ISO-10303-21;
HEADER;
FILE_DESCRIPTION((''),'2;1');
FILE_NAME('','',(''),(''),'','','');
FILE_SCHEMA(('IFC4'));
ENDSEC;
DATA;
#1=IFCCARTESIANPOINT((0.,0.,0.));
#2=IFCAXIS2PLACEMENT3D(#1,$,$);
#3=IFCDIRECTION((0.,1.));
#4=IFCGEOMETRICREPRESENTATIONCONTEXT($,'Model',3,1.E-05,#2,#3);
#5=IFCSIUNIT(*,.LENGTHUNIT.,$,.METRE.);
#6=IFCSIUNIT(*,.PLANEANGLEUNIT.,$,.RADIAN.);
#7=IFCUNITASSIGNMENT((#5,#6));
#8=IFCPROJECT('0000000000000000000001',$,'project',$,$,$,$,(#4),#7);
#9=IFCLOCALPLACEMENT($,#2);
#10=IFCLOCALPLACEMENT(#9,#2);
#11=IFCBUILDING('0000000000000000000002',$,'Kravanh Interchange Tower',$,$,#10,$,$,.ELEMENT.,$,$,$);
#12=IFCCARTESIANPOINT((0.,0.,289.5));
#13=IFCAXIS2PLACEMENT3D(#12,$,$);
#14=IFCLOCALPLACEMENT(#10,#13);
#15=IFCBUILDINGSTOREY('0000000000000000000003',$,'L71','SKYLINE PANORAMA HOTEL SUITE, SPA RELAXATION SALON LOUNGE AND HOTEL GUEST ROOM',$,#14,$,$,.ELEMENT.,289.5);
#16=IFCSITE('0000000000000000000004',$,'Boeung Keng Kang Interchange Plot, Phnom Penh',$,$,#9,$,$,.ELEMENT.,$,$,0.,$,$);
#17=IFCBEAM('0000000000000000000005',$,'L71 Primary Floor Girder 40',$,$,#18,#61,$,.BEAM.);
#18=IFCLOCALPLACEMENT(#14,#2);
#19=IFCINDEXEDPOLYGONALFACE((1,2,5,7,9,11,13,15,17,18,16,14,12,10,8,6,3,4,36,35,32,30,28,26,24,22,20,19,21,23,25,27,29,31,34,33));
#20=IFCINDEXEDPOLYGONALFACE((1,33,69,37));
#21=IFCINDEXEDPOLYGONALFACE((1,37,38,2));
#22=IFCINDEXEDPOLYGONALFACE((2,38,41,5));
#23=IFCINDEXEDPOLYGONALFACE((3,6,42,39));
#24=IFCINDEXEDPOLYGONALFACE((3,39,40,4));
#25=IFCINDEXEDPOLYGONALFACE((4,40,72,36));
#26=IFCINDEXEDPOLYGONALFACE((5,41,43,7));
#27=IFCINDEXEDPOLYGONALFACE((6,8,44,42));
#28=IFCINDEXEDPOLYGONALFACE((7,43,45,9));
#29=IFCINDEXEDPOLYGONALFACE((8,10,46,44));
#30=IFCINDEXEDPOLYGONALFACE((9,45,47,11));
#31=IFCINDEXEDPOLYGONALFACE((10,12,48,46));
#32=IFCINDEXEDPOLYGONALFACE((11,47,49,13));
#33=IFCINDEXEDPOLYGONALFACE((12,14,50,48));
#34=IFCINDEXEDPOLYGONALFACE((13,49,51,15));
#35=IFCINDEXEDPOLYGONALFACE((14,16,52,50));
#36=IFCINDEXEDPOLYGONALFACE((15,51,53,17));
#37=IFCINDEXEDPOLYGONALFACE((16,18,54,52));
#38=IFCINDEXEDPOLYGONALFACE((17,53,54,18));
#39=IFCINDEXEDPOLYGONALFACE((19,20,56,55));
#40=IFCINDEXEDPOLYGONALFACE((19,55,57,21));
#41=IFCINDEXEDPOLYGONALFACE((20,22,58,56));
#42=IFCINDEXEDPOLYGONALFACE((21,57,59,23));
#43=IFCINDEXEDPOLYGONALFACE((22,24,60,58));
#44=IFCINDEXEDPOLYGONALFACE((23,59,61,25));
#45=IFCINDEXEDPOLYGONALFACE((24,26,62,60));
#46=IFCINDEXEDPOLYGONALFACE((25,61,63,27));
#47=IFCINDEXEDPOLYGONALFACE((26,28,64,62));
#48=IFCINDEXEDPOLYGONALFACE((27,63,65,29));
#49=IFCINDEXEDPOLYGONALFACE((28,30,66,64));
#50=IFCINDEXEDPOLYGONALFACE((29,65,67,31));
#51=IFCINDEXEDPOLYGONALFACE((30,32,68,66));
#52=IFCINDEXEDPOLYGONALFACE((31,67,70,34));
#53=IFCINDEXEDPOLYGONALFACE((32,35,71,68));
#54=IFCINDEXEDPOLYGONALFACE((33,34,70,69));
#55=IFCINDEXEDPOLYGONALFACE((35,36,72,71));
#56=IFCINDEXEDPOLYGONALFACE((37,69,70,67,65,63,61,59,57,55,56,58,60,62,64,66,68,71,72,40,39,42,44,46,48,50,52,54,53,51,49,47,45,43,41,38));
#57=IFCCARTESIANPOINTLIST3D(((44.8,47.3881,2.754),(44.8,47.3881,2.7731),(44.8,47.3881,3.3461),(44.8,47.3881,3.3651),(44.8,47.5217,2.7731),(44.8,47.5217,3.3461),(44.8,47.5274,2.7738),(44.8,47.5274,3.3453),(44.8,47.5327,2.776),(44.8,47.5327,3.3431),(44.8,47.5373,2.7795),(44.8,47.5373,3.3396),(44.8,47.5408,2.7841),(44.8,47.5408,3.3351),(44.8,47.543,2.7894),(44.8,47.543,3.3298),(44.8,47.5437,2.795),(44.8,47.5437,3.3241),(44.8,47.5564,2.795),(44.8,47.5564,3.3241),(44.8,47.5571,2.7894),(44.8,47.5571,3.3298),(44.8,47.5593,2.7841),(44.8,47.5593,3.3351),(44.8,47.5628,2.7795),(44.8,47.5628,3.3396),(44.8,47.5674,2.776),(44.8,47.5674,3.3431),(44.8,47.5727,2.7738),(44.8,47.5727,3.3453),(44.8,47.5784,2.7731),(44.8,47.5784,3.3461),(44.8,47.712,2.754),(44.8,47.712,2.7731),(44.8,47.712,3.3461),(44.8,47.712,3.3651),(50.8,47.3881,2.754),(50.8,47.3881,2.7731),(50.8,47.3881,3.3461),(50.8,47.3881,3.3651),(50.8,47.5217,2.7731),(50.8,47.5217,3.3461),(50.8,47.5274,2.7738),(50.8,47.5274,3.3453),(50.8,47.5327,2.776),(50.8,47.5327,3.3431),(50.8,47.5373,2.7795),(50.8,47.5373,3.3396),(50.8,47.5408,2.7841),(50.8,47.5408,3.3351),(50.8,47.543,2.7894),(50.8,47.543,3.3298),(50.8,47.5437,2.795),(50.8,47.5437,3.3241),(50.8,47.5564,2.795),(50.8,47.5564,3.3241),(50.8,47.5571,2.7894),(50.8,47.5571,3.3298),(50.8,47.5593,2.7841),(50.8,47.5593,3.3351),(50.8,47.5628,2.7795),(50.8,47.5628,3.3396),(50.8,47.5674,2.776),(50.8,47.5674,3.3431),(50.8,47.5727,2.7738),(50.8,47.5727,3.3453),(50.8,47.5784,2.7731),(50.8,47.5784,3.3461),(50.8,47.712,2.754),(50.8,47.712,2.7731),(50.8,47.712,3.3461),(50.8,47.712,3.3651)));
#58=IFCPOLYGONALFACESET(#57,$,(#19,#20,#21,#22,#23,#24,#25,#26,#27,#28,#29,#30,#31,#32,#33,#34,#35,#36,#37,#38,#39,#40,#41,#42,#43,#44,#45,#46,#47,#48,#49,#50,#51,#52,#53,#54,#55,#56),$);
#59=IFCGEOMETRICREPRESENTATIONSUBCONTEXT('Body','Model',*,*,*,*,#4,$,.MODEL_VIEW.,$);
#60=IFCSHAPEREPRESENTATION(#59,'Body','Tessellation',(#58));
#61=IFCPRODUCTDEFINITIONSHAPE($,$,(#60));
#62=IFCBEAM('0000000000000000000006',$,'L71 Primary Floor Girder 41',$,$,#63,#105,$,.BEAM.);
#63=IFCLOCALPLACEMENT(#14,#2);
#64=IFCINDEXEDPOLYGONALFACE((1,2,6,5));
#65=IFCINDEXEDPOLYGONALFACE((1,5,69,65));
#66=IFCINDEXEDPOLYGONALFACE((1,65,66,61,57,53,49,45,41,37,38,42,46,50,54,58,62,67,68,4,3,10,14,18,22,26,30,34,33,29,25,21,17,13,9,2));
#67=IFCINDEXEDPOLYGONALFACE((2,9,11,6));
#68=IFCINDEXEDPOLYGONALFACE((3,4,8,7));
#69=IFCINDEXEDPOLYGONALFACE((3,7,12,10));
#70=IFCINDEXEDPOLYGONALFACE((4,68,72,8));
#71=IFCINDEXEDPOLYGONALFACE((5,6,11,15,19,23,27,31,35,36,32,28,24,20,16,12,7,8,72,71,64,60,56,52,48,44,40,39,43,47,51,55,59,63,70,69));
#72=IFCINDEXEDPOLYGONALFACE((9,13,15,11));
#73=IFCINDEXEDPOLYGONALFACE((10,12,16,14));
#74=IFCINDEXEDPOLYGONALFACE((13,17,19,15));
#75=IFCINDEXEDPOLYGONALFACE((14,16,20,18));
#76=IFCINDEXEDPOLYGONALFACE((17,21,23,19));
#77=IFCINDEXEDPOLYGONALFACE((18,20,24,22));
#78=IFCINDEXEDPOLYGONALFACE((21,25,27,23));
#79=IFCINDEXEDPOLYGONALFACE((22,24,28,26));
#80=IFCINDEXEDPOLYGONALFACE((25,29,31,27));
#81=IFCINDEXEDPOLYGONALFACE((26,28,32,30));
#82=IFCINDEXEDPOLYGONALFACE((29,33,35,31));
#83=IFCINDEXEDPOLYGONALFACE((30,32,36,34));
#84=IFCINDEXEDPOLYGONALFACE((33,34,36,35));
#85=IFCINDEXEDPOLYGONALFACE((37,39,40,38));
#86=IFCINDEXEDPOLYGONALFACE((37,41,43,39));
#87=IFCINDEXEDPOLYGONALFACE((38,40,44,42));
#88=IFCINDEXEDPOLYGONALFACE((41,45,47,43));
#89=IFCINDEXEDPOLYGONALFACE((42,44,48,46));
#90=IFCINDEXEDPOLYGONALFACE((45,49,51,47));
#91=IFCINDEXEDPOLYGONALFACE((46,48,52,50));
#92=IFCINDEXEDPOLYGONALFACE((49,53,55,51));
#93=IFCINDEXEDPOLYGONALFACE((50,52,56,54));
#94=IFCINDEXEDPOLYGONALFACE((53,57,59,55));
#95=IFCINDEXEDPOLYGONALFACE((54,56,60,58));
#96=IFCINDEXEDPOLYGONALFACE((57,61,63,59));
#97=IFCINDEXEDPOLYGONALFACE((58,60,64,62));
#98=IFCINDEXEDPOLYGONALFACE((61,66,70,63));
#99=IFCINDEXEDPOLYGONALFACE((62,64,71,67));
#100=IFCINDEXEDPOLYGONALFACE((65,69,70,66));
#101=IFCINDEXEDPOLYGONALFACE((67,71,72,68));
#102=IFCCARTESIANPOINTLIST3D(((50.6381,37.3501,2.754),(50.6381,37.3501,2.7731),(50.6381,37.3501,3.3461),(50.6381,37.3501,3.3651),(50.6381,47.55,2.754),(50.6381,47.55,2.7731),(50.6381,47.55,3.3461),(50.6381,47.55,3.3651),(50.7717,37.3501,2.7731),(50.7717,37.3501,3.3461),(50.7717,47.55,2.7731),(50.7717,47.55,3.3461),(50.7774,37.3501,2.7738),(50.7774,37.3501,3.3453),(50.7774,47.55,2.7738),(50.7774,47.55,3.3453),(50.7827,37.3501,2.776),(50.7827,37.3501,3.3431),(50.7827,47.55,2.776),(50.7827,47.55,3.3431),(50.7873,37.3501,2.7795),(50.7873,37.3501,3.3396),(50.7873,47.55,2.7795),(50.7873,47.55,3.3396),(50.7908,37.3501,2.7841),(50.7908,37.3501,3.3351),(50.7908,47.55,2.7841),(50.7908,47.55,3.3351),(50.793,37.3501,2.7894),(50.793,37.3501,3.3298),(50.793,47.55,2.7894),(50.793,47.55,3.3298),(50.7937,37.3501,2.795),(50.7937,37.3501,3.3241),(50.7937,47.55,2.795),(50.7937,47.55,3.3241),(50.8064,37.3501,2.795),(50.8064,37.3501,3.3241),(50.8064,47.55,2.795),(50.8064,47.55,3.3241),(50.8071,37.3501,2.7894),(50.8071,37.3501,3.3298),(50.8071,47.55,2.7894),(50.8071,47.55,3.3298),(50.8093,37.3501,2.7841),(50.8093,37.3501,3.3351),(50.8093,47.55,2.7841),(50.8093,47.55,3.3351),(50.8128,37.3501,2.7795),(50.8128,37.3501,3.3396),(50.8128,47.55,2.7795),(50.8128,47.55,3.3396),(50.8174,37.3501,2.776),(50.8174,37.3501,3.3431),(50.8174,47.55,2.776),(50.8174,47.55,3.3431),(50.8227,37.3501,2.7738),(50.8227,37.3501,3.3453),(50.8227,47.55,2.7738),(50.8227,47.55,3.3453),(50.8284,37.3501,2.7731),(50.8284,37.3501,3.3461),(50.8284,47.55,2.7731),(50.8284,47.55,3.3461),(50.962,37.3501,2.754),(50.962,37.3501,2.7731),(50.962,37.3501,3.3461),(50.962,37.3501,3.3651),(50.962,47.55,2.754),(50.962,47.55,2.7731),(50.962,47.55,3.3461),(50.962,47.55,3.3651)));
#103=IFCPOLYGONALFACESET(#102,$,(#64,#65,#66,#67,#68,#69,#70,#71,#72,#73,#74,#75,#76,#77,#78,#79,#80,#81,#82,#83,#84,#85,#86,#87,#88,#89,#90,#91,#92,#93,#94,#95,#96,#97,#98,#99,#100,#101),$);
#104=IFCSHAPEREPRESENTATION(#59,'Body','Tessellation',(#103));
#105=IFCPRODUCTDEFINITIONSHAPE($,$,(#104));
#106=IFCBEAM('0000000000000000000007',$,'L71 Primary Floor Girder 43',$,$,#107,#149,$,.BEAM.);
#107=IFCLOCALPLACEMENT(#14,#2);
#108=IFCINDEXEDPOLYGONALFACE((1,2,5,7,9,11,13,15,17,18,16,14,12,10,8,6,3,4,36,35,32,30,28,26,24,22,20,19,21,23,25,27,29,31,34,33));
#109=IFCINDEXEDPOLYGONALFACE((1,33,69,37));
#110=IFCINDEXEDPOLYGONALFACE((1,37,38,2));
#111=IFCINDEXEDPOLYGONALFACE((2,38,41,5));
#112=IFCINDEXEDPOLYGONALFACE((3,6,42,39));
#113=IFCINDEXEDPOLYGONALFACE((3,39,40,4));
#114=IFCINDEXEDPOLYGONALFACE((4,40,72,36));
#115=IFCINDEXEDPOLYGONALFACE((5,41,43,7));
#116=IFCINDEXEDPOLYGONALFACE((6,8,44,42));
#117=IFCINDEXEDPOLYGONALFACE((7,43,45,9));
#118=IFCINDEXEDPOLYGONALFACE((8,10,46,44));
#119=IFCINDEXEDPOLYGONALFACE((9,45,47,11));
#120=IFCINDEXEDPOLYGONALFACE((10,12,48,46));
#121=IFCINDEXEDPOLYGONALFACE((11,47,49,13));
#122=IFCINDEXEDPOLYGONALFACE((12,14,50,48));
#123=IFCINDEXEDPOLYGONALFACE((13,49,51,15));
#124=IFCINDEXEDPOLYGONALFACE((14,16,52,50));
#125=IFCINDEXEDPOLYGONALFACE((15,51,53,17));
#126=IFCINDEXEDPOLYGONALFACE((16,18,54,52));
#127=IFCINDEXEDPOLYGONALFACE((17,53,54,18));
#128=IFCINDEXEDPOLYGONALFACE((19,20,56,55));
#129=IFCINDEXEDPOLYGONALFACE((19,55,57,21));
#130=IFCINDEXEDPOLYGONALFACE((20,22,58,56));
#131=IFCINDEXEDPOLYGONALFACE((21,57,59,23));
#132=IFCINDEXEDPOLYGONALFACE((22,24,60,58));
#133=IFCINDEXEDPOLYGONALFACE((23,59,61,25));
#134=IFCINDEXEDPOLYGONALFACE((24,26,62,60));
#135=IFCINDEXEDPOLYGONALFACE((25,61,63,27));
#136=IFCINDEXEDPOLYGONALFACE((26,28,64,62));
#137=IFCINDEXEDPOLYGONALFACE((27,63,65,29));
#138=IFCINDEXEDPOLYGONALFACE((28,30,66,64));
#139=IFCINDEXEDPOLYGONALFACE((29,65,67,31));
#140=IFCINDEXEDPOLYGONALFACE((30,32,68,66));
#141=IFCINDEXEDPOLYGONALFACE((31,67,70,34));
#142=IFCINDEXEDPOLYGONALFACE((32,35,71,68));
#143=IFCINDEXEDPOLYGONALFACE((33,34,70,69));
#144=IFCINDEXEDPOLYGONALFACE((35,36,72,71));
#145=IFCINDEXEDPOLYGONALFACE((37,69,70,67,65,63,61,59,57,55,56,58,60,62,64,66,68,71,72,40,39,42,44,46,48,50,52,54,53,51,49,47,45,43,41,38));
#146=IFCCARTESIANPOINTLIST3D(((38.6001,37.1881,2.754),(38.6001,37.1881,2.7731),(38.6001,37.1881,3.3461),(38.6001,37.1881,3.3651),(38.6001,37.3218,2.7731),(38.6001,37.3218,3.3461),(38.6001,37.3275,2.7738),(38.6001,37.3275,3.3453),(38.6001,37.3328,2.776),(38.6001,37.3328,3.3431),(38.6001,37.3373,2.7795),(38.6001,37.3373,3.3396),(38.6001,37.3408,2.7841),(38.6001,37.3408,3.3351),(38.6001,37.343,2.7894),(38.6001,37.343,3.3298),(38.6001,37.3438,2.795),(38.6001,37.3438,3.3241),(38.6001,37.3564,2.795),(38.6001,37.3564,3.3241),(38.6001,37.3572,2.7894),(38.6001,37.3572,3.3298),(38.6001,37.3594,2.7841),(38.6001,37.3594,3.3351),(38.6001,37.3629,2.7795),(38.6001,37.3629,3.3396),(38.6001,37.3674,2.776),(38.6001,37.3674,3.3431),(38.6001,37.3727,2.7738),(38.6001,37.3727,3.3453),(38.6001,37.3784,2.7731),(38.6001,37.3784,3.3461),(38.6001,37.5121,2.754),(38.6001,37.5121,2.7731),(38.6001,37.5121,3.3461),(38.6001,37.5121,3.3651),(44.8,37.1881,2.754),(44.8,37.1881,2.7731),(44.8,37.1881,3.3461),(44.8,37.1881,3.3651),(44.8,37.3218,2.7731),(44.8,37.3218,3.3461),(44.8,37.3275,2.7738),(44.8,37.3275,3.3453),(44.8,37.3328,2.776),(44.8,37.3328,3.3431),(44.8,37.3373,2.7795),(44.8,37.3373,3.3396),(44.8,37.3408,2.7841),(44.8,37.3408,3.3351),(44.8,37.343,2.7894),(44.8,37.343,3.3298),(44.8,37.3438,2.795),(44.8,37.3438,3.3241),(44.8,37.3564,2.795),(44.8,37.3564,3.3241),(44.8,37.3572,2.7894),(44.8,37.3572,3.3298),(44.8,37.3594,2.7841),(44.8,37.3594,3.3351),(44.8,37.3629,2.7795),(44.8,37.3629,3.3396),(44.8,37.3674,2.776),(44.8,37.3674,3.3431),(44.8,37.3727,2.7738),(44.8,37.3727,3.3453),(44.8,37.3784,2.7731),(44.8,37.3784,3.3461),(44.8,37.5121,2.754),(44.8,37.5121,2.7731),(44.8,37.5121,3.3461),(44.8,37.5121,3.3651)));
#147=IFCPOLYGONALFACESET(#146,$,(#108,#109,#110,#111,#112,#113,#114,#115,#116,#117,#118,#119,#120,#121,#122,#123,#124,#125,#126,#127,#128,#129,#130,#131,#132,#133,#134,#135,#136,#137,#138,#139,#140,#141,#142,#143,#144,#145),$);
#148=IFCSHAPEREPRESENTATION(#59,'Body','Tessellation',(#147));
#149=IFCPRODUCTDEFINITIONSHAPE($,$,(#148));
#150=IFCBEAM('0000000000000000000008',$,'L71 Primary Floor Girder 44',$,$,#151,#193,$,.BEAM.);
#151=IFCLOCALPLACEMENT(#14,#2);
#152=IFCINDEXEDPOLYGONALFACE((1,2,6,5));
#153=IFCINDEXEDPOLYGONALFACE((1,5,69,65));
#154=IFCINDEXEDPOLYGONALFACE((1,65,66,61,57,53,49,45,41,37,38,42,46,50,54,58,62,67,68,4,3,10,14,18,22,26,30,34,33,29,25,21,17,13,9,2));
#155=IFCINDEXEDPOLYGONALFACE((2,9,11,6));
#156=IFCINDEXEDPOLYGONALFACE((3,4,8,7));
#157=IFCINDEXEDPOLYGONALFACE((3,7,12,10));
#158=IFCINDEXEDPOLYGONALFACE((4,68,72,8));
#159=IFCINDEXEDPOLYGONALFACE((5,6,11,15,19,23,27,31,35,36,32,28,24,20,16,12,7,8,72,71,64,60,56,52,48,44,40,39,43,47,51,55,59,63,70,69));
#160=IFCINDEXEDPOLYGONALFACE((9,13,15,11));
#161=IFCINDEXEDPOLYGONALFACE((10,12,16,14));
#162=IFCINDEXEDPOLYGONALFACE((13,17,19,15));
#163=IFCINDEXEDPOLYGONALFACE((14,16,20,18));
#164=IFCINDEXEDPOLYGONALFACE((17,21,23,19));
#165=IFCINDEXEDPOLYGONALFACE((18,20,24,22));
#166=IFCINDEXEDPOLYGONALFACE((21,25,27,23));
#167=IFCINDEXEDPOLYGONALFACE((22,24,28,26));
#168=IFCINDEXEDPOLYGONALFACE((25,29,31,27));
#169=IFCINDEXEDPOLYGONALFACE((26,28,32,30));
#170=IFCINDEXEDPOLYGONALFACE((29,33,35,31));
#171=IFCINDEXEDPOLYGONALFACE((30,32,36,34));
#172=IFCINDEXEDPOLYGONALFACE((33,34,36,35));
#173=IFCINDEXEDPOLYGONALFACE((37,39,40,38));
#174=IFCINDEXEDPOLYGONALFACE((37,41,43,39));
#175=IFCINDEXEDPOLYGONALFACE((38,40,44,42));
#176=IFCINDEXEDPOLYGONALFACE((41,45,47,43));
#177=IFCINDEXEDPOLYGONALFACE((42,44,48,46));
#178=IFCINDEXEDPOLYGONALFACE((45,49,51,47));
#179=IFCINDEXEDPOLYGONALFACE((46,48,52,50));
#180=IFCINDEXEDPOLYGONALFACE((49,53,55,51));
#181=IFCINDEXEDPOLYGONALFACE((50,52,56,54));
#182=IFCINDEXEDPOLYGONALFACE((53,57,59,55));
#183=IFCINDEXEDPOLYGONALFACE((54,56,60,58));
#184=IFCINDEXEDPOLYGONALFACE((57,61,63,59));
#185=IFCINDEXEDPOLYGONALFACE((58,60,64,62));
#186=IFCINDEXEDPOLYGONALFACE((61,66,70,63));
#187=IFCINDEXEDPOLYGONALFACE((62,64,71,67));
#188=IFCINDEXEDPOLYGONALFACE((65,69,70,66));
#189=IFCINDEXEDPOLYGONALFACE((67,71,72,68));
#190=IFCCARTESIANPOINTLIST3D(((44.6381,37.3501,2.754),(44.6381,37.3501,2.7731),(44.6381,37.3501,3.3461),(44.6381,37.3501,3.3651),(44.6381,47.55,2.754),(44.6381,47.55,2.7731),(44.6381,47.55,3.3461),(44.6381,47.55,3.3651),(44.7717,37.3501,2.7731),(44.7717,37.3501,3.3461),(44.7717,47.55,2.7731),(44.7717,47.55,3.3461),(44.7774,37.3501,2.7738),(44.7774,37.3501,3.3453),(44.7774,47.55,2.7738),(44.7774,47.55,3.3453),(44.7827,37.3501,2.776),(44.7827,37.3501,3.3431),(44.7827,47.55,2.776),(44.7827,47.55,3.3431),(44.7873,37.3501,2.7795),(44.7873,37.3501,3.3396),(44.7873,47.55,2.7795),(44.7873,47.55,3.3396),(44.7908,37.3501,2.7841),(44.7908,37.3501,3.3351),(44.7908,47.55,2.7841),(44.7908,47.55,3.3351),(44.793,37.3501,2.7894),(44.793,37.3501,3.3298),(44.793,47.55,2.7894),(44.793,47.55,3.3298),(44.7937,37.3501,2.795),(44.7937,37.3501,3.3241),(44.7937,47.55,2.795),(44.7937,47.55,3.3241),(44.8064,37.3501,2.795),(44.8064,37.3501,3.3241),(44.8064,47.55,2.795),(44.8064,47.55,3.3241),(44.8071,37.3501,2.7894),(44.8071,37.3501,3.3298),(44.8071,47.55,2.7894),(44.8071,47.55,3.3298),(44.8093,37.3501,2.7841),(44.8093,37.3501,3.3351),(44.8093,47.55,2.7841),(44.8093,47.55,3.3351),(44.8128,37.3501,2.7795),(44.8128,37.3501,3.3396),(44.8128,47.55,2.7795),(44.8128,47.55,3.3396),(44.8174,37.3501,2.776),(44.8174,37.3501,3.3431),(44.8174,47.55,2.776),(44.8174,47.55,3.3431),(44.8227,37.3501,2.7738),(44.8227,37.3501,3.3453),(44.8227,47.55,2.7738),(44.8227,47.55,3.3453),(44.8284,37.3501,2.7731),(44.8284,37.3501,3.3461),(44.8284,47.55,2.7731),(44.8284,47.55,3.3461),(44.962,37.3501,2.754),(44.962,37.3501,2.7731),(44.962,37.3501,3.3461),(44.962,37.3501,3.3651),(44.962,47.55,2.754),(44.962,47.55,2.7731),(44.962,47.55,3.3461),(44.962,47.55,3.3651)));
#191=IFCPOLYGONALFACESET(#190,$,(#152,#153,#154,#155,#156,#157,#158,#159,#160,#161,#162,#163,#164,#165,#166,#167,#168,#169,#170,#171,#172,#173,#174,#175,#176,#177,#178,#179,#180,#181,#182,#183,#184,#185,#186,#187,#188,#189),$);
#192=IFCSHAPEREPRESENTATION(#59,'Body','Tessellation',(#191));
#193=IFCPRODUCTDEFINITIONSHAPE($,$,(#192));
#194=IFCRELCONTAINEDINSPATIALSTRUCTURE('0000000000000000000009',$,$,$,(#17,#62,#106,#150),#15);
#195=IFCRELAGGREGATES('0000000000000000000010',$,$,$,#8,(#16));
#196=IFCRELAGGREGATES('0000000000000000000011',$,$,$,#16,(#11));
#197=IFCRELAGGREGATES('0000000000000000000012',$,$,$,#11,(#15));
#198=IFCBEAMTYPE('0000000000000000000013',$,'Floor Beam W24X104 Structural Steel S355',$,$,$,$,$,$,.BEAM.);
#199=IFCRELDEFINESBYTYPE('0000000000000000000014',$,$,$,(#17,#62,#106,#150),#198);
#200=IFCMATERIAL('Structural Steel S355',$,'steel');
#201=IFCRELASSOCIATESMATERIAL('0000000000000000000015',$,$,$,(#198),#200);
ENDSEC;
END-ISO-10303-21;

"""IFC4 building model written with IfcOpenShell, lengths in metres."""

from ifc_helpers import new_model, si_unit, direction, frame, origin, origin_2d, place, context, subcontext, project, spatial, i_section, extrude, material, material_profile, profile_set, type_object, element, save


model = new_model("IFC4")

# Units and contexts
model_context = context("Model", 3, precision=1e-05, world=origin(), true_north=direction((0.0, 1.0)))
body_context = subcontext(model_context, "Body", "Model", "MODEL_VIEW")
ifc_project = project(units=[si_unit("LENGTHUNIT", "METRE"), si_unit("PLANEANGLEUNIT", "RADIAN")], contexts=[model_context])

# Site, building, storey
site_placement = place(None, origin())
site = spatial("IfcSite", under=ifc_project, at=site_placement, Name="Boeung Keng Kang Interchange Plot, Phnom Penh", CompositionType="ELEMENT", RefElevation=0.0)
building_placement = place(site_placement, origin())
building = spatial("IfcBuilding", under=site, at=building_placement, Name="Kravanh Interchange Tower", CompositionType="ELEMENT")
storey_placement = place(building_placement, frame((0.0, 0.0, 289.5)))
storey = spatial("IfcBuildingStorey", under=building, at=storey_placement, Name="L71", Description="SKYLINE PANORAMA HOTEL SUITE, SPA RELAXATION SALON LOUNGE AND HOTEL GUEST ROOM", CompositionType="ELEMENT", Elevation=289.5)

# Beams
ifc_material_1 = material(Name="Structural Steel S355", Category="steel")
ifc_material_profile_1 = material_profile(ifc_material_1, i_section(OverallWidth=0.324, OverallDepth=0.6111, WebThickness=0.0127, FlangeThickness=0.019, FilletRadius=0.022, at=origin_2d()), Name="W24X104")
ifc_profile_set_1 = profile_set([ifc_material_profile_1], Name="Structural Steel S355")
beam_type_1 = type_object("IfcBeamType", Name="Floor Beam W24X104 Structural Steel S355", PredefinedType="BEAM", material=ifc_profile_set_1)
beam_1_placement = place(storey_placement, frame((50.8, 47.55, 3.0596), z_axis=(-1.0, 0.0, 0.0), x_axis=(0.0, -1.0, 0.0)))
element("IfcBeam", 1, at=beam_1_placement, inside=storey, type_object=beam_type_1, Name="L71 Primary Floor Girder 40", PredefinedType="BEAM", context=body_context, shape_type="SweptSolid", body=[
    extrude(i_section(OverallWidth=0.324, OverallDepth=0.6111, WebThickness=0.0127, FlangeThickness=0.019, FilletRadius=0.022, at=origin_2d()), origin(), (0.0, 0.0, 1.0), 6.0),
])
beam_2_placement = place(storey_placement, frame((50.8, 47.55, 3.0596), z_axis=(0.0, -1.0, 0.0), x_axis=(1.0, 0.0, 0.0)))
element("IfcBeam", 2, at=beam_2_placement, inside=storey, type_object=beam_type_1, Name="L71 Primary Floor Girder 41", PredefinedType="BEAM", context=body_context, shape_type="SweptSolid", body=[
    extrude(i_section(OverallWidth=0.324, OverallDepth=0.6111, WebThickness=0.0127, FlangeThickness=0.019, FilletRadius=0.022, at=origin_2d()), origin(), (0.0, 0.0, 1.0), 10.2),
])
beam_3_placement = place(storey_placement, frame((44.8, 37.3501, 3.0596), z_axis=(-1.0, 0.0, 0.0), x_axis=(0.0, -1.0, 0.0)))
element("IfcBeam", 3, at=beam_3_placement, inside=storey, type_object=beam_type_1, Name="L71 Primary Floor Girder 43", PredefinedType="BEAM", context=body_context, shape_type="SweptSolid", body=[
    extrude(i_section(OverallWidth=0.324, OverallDepth=0.6111, WebThickness=0.0127, FlangeThickness=0.019, FilletRadius=0.022, at=origin_2d()), origin(), (0.0, 0.0, 1.0), 6.2),
])
beam_4_placement = place(storey_placement, frame((44.8, 37.3501, 3.0596), z_axis=(0.0, 1.0, 0.0), x_axis=(-1.0, 0.0, 0.0)))
element("IfcBeam", 4, at=beam_4_placement, inside=storey, type_object=beam_type_1, Name="L71 Primary Floor Girder 44", PredefinedType="BEAM", context=body_context, shape_type="SweptSolid", body=[
    extrude(i_section(OverallWidth=0.324, OverallDepth=0.6111, WebThickness=0.0127, FlangeThickness=0.019, FilletRadius=0.022, at=origin_2d()), origin(), (0.0, 0.0, 1.0), 10.2),
])

save(model, "model.ifc")
